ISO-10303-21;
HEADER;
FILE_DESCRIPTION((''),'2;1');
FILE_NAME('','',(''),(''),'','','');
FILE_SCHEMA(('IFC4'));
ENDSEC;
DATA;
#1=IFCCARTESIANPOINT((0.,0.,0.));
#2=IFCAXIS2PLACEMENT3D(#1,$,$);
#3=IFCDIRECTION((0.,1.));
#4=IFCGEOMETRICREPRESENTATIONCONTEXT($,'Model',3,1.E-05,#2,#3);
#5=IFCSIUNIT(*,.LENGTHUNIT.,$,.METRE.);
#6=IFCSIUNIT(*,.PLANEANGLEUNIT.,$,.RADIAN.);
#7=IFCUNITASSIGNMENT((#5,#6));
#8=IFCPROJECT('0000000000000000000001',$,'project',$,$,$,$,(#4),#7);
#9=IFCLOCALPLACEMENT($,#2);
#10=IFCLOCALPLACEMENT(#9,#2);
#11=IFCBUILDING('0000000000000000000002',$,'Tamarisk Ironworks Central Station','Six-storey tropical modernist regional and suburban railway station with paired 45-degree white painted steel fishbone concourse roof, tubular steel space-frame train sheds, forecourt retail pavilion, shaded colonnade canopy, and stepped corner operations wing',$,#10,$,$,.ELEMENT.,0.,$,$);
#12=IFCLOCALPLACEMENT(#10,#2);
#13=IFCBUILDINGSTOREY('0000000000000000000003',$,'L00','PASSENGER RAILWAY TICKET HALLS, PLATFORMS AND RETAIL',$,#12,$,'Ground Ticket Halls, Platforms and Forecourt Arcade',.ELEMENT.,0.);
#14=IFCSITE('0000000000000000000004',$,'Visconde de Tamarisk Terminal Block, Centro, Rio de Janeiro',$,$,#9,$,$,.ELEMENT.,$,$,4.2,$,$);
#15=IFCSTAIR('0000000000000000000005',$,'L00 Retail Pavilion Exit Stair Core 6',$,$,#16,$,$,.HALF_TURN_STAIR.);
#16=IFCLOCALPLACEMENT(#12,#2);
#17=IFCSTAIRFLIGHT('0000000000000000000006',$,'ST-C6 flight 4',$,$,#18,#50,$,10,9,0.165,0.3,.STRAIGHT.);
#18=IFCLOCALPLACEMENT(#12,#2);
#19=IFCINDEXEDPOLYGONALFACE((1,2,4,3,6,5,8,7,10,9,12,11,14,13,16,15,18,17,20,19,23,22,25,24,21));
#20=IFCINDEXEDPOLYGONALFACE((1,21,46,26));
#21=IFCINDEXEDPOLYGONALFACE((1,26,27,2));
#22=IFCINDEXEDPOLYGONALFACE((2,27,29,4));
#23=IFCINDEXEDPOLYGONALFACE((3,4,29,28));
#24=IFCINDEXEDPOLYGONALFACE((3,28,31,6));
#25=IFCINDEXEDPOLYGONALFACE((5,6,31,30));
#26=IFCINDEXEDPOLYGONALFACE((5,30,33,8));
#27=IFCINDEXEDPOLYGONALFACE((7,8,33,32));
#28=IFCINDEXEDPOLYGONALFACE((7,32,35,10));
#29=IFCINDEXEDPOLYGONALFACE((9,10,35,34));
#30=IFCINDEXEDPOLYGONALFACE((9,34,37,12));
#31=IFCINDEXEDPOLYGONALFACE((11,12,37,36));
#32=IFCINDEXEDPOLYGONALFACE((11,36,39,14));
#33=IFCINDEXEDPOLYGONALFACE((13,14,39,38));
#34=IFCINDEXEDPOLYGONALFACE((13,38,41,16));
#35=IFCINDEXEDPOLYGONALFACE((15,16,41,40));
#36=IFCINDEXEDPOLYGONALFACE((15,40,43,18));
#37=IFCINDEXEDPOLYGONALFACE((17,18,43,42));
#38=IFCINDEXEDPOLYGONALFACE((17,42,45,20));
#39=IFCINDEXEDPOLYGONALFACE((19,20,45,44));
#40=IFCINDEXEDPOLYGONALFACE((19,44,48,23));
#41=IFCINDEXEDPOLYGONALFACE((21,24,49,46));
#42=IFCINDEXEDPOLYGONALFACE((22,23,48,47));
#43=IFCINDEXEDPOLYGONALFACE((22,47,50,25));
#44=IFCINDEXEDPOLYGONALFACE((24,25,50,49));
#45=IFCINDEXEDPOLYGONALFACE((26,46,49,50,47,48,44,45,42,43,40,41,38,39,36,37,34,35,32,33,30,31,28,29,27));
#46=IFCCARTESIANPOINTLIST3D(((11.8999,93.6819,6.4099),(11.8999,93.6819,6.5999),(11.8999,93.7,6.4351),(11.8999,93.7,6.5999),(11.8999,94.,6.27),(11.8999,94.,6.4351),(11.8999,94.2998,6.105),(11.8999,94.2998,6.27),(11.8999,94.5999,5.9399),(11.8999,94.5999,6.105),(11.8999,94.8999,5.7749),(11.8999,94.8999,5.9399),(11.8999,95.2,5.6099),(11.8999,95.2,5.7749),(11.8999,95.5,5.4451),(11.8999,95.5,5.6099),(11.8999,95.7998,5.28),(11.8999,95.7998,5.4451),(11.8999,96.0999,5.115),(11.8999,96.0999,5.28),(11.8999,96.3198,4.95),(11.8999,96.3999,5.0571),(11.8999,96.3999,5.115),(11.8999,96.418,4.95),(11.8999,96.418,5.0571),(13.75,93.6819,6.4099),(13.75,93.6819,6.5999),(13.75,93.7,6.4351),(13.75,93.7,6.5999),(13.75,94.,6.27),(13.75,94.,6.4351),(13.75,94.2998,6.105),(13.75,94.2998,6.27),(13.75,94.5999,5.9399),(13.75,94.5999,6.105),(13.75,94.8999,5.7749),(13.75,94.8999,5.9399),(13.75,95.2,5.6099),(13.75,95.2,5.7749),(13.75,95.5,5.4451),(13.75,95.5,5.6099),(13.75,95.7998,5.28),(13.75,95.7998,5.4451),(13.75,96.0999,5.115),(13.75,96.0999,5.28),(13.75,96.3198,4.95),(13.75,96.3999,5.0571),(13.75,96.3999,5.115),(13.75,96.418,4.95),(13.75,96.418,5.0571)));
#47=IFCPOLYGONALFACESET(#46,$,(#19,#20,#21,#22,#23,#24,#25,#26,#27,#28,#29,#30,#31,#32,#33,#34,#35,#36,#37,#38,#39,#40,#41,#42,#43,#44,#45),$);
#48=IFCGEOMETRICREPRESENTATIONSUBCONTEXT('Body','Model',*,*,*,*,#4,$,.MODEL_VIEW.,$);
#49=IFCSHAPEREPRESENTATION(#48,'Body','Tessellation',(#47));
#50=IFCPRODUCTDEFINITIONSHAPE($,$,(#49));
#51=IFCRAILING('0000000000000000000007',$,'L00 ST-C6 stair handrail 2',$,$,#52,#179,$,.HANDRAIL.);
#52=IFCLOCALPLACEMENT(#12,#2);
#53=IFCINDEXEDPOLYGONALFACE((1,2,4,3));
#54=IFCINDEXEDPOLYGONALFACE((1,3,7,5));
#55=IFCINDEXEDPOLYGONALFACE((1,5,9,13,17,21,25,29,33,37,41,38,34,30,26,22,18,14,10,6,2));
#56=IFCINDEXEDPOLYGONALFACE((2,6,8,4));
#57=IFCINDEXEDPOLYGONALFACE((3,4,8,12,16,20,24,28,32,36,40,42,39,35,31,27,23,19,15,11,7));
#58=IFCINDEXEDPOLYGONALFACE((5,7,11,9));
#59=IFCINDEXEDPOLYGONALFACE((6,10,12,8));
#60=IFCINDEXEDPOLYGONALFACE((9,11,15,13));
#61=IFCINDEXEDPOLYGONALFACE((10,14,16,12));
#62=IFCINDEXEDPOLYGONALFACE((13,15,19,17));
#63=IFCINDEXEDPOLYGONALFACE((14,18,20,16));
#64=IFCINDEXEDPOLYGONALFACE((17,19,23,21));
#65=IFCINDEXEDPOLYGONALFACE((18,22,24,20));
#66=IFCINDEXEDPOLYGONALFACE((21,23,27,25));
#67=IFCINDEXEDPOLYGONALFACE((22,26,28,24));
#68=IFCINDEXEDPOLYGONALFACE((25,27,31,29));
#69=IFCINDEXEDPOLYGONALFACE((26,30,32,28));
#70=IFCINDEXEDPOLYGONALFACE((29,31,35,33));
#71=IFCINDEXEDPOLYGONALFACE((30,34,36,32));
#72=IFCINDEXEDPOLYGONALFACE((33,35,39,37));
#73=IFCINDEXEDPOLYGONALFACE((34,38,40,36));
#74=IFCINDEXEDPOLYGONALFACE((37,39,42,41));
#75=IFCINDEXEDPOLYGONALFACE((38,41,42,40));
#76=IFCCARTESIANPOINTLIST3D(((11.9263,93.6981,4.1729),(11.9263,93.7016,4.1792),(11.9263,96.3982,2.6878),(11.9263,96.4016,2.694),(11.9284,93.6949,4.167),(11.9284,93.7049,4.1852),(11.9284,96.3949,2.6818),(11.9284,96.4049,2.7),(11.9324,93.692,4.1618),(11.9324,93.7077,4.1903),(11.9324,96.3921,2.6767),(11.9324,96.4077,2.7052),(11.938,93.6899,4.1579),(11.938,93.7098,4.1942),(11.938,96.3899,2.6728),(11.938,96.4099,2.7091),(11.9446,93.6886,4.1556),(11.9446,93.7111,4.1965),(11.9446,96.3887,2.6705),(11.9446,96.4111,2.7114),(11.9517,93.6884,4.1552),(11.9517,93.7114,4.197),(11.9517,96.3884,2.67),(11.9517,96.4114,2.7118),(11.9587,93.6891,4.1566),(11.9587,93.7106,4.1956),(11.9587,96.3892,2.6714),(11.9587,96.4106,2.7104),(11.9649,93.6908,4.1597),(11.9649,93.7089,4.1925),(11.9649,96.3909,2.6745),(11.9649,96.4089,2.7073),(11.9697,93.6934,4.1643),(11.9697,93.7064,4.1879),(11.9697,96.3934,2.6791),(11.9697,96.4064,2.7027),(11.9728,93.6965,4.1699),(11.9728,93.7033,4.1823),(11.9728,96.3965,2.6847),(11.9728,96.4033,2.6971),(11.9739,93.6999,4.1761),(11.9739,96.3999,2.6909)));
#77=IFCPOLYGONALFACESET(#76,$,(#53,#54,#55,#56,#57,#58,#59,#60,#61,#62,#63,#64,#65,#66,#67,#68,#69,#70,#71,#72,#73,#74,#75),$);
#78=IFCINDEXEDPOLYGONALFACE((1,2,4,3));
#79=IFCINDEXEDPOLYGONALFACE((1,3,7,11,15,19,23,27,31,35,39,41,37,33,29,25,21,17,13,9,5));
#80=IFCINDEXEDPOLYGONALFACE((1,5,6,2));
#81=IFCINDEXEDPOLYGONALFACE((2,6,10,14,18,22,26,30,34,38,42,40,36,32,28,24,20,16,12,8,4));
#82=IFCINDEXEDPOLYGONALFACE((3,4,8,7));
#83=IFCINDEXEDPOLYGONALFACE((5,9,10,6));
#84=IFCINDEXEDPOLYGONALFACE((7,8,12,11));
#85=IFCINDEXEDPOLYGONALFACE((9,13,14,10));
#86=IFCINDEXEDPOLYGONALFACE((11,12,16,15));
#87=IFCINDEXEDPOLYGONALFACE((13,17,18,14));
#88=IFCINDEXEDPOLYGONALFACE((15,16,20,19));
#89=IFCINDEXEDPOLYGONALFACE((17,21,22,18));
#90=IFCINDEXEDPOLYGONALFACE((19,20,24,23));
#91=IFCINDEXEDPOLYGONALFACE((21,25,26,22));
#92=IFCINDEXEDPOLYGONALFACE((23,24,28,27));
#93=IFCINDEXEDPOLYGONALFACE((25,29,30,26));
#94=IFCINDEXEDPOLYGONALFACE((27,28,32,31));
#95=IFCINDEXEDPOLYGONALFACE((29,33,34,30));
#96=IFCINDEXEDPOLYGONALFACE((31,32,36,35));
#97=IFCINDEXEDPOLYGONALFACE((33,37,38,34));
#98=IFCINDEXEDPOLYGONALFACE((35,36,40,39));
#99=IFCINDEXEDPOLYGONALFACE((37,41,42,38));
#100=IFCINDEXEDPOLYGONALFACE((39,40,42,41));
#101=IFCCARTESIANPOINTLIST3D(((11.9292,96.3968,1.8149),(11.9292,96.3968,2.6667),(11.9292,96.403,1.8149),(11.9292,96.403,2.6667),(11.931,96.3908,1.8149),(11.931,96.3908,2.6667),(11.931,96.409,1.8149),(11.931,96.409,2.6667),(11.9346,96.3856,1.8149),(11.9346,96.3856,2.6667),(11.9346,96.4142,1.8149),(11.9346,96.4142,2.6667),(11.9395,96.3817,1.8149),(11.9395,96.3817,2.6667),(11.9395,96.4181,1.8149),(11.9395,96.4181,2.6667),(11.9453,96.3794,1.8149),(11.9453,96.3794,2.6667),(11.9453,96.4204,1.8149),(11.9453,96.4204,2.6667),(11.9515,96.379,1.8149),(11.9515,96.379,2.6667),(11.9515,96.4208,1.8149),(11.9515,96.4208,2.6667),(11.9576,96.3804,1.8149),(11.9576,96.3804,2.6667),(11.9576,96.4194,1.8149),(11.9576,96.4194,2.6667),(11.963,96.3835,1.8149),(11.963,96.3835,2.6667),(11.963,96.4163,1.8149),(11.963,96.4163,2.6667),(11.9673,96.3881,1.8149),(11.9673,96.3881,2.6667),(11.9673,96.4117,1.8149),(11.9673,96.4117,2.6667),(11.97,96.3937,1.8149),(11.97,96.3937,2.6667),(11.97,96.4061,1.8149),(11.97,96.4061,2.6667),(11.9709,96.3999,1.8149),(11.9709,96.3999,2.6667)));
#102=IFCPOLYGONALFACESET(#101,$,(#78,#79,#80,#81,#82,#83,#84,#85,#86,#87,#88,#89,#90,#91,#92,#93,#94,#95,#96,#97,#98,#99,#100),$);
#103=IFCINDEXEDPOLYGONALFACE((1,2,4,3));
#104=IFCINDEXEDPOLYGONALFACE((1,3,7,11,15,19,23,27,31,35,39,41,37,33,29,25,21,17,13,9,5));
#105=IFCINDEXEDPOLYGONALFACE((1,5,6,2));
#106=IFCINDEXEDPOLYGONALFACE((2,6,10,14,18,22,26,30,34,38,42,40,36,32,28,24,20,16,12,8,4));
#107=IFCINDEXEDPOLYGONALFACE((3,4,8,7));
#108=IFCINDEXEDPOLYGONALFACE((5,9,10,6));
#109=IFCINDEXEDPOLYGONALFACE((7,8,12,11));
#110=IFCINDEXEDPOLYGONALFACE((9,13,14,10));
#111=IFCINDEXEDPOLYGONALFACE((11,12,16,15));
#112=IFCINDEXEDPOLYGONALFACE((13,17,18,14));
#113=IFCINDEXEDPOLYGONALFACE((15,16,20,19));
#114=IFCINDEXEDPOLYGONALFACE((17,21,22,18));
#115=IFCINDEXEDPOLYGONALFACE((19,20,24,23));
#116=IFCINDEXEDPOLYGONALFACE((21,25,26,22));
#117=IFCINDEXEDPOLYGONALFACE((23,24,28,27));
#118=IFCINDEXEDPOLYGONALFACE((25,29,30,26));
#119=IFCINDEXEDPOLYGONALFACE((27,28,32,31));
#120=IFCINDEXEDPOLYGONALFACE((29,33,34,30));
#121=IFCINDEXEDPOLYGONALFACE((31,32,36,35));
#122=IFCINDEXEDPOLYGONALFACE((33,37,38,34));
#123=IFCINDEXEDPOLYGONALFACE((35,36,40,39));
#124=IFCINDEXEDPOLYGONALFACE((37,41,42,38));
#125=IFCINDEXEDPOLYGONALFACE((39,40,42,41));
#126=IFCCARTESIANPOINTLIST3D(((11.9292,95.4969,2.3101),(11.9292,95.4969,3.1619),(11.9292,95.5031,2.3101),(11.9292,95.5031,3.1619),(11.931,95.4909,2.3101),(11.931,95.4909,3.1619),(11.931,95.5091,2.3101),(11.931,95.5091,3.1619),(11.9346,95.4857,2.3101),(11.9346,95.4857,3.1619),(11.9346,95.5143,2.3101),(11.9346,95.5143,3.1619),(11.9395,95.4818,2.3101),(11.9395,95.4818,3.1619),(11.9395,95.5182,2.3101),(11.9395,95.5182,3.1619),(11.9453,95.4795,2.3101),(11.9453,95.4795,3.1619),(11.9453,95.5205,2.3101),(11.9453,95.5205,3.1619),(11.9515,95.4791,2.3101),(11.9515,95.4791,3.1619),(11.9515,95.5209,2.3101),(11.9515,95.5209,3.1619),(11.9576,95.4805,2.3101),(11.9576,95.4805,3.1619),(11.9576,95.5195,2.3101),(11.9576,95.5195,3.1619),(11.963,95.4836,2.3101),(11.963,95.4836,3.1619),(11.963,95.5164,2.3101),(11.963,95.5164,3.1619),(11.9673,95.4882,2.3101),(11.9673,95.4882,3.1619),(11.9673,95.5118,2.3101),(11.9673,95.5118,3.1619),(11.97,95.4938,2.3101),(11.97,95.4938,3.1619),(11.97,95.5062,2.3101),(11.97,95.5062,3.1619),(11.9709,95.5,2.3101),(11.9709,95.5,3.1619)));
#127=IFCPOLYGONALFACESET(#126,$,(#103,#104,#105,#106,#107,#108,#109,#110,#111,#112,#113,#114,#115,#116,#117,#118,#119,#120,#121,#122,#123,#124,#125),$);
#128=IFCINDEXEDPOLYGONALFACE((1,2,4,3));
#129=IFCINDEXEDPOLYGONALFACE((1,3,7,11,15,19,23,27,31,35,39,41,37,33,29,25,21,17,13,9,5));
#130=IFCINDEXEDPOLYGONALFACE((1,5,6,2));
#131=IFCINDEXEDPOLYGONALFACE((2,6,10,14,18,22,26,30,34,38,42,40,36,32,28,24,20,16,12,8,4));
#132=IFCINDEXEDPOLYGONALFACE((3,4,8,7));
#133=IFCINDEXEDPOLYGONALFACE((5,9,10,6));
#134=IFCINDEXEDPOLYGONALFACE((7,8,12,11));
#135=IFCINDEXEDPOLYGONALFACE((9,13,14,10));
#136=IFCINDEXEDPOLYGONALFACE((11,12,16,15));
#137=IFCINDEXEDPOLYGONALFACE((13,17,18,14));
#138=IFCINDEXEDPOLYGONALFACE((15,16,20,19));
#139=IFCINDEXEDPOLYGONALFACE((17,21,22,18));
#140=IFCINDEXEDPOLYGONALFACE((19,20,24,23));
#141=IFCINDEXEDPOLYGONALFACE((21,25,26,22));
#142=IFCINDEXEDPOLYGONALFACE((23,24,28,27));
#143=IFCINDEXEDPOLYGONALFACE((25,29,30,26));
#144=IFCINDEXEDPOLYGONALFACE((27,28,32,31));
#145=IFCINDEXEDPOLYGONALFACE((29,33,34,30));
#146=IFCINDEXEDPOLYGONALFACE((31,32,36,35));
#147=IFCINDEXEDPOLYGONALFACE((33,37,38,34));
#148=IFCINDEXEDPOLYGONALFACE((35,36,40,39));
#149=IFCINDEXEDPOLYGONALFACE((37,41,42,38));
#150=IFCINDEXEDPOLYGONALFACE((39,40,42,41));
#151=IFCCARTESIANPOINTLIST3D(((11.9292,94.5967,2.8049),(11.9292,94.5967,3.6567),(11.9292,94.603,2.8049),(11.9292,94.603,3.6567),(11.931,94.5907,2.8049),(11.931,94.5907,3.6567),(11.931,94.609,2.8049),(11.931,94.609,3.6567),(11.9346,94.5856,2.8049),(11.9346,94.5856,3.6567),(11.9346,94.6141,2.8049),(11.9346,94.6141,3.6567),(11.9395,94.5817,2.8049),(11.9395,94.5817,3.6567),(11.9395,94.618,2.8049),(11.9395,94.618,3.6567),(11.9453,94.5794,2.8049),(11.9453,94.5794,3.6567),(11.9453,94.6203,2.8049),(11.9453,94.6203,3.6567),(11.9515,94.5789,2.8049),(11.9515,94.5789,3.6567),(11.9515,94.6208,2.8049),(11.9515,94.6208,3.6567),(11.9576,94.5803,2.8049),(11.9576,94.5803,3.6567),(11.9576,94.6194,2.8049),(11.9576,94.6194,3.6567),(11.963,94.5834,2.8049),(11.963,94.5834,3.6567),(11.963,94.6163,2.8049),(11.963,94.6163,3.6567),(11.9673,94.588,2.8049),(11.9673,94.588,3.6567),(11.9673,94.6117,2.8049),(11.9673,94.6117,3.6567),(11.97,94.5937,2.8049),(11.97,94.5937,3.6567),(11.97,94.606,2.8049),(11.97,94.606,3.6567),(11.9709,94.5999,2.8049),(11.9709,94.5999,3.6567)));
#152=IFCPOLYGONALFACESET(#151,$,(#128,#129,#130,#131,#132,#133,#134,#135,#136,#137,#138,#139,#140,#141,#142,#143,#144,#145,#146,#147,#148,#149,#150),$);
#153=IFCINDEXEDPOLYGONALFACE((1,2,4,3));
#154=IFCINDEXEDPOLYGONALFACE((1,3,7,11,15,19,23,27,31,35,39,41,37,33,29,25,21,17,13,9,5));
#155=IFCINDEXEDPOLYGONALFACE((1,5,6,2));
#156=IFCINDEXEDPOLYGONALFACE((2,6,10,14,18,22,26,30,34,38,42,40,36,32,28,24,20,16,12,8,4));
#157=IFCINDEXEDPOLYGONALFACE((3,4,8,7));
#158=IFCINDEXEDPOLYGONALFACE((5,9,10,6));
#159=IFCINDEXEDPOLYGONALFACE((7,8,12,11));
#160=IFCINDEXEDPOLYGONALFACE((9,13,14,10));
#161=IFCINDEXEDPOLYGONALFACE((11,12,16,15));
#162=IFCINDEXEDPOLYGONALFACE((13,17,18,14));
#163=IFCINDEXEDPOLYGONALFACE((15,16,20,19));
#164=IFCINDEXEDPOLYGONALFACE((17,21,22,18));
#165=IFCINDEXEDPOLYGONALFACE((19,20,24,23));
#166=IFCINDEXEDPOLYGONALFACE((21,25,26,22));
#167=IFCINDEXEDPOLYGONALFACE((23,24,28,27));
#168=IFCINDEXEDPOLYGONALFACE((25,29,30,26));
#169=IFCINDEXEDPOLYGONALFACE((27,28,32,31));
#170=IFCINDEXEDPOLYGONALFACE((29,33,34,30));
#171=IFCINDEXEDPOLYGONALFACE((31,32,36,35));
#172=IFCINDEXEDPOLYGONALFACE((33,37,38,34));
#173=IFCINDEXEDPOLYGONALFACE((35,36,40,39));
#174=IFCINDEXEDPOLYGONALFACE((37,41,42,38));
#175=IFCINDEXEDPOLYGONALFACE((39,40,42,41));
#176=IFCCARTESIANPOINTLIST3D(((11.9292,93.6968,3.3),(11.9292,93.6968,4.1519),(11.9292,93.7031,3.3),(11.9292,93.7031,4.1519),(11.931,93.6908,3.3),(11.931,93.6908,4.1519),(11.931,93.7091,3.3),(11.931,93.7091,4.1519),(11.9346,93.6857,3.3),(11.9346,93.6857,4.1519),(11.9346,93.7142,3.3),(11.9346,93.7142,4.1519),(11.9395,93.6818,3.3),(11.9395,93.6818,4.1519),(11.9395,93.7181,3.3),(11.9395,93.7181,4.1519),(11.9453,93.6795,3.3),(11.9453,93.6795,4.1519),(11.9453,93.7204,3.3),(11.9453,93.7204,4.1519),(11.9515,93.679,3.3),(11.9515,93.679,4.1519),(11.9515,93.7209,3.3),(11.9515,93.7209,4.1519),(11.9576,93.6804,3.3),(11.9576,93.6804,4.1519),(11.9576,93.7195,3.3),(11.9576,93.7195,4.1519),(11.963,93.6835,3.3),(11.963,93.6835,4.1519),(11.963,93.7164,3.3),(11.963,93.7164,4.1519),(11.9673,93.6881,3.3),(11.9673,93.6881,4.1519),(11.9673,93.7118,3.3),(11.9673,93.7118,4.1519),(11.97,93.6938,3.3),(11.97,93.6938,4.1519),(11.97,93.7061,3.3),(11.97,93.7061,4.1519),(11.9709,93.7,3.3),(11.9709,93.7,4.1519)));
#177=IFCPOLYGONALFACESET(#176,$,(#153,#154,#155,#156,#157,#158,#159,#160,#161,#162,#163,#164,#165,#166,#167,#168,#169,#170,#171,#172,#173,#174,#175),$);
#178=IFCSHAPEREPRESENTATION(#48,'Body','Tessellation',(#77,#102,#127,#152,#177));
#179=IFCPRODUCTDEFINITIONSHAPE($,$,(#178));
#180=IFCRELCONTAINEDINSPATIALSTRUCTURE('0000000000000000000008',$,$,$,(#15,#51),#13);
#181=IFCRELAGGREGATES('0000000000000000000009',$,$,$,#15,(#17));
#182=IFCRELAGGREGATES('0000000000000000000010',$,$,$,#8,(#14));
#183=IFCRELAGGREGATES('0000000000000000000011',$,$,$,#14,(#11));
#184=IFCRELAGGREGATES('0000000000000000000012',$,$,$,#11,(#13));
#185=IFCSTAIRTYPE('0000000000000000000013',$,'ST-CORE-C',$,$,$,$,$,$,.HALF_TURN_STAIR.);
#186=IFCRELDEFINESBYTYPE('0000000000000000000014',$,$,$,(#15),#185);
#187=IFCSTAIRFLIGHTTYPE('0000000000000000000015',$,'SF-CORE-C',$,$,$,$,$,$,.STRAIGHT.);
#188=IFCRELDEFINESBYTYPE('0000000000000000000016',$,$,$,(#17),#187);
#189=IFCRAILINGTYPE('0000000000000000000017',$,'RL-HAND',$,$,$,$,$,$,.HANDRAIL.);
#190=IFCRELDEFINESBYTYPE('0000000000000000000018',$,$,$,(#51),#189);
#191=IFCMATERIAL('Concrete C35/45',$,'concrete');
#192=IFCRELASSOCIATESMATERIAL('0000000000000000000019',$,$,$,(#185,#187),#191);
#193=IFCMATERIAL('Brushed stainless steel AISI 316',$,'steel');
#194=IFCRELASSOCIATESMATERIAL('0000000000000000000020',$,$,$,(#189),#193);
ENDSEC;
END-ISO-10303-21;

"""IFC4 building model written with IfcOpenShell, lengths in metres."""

from ifc_helpers import new_model, si_unit, direction, frame, origin, origin_2d, place, context, subcontext, project, spatial, polyline, circle, outline, extrude, material, type_object, element, aggregate, save


model = new_model("IFC4")

# Units and contexts
model_context = context("Model", 3, precision=1e-05, world=origin(), true_north=direction((0.0, 1.0)))
body_context = subcontext(model_context, "Body", "Model", "MODEL_VIEW")
ifc_project = project(units=[si_unit("LENGTHUNIT", "METRE"), si_unit("PLANEANGLEUNIT", "RADIAN")], contexts=[model_context])

# Site, building, storey
site_placement = place(None, origin())
site = spatial("IfcSite", under=ifc_project, at=site_placement, Name="Visconde de Tamarisk Terminal Block, Centro, Rio de Janeiro", CompositionType="ELEMENT", RefElevation=4.2)
building_placement = place(site_placement, origin())
building = spatial("IfcBuilding", under=site, at=building_placement, Name="Tamarisk Ironworks Central Station", Description="Six-storey tropical modernist regional and suburban railway station with paired 45-degree white painted steel fishbone concourse roof, tubular steel space-frame train sheds, forecourt retail pavilion, shaded colonnade canopy, and stepped corner operations wing", CompositionType="ELEMENT", ElevationOfRefHeight=0.0)
storey_placement = place(building_placement, origin())
storey = spatial("IfcBuildingStorey", under=building, at=storey_placement, Name="L00", Description="PASSENGER RAILWAY TICKET HALLS, PLATFORMS AND RETAIL", LongName="Ground Ticket Halls, Platforms and Forecourt Arcade", CompositionType="ELEMENT", Elevation=0.0)

# Stair, stair flight
ifc_material_1 = material(Name="Concrete C35/45", Category="concrete")
stair_type = type_object("IfcStairType", Name="ST-CORE-C", PredefinedType="HALF_TURN_STAIR", material=ifc_material_1)
stair_placement = place(storey_placement, origin())
stair = element("IfcStair", 1, at=stair_placement, inside=storey, type_object=stair_type, Name="L00 Retail Pavilion Exit Stair Core 6", PredefinedType="HALF_TURN_STAIR")
stair_flight_type = type_object("IfcStairFlightType", Name="SF-CORE-C", PredefinedType="STRAIGHT", material=ifc_material_1)
stair_flight_1_placement = place(storey_placement, frame((12.825, 96.3999, 4.95), z_axis=(0.0, 0.0, 1.0), x_axis=(0.0, -1.0, 0.0)))
stair_flight_1 = element("IfcStairFlight", 2, at=stair_flight_1_placement, type_object=stair_flight_type, Name="ST-C6 flight 4", NumberOfRisers=10, NumberOfTreads=9, PredefinedType="STRAIGHT", RiserHeight=0.165, TreadLength=0.3, context=body_context, shape_type="SweptSolid", body=[
    extrude(outline(polyline([(-0.0181, 0.0), (-0.0181, 0.1072), (0.0, 0.1072), (0.0, 0.165), (0.3, 0.165), (0.3, 0.3301), (0.6001, 0.3301), (0.6001, 0.4951), (0.8999, 0.4951), (0.8999, 0.6599), (1.2, 0.6599), (1.2, 0.825), (1.5, 0.825), (1.5, 0.99), (1.8, 0.99), (1.8, 1.155), (2.1001, 1.155), (2.1001, 1.3201), (2.3999, 1.3201), (2.3999, 1.4851), (2.7, 1.4851), (2.7, 1.6499), (2.718, 1.6499), (2.718, 1.46), (0.0801, 0.0), (-0.0181, 0.0)])), frame((0.0, 0.925, 0.0), z_axis=(0.0, -1.0, 0.0), x_axis=(1.0, 0.0, 0.0)), (0.0, 0.0, 1.0), 1.8501),
])
aggregate(stair, [stair_flight_1])

# Railing
ifc_material_2 = material(Name="Brushed stainless steel AISI 316", Category="steel")
railing_type = type_object("IfcRailingType", Name="RL-HAND", PredefinedType="HANDRAIL", material=ifc_material_2)
for number, where, name in (
    (3, (11.95, 96.3999, 1.8149), "L00 ST-C6 stair handrail 2"),
):
    element("IfcRailing", number, at=place(storey_placement, frame(where)), inside=storey, type_object=railing_type, Name=name, PredefinedType="HANDRAIL", context=body_context, shape_type="SweptSolid", body=[
        extrude(circle(Radius=0.0239, at=origin_2d()), frame((0.0, 0.0, 0.876), z_axis=(0.0, -0.876198, 0.481952), x_axis=(1.0, 0.0, 0.0)), (0.0, 0.0, 1.0), 3.0815),
        extrude(circle(Radius=0.021, at=origin_2d()), origin(), (0.0, 0.0, 1.0), 0.8518),
        extrude(circle(Radius=0.021, at=origin_2d()), frame((0.0, -0.8999, 0.4951)), (0.0, 0.0, 1.0), 0.8518),
        extrude(circle(Radius=0.021, at=origin_2d()), frame((0.0, -1.8, 0.99)), (0.0, 0.0, 1.0), 0.8518),
        extrude(circle(Radius=0.021, at=origin_2d()), frame((0.0, -2.7, 1.4851)), (0.0, 0.0, 1.0), 0.8518),
    ])

save(model, "model.ifc")
